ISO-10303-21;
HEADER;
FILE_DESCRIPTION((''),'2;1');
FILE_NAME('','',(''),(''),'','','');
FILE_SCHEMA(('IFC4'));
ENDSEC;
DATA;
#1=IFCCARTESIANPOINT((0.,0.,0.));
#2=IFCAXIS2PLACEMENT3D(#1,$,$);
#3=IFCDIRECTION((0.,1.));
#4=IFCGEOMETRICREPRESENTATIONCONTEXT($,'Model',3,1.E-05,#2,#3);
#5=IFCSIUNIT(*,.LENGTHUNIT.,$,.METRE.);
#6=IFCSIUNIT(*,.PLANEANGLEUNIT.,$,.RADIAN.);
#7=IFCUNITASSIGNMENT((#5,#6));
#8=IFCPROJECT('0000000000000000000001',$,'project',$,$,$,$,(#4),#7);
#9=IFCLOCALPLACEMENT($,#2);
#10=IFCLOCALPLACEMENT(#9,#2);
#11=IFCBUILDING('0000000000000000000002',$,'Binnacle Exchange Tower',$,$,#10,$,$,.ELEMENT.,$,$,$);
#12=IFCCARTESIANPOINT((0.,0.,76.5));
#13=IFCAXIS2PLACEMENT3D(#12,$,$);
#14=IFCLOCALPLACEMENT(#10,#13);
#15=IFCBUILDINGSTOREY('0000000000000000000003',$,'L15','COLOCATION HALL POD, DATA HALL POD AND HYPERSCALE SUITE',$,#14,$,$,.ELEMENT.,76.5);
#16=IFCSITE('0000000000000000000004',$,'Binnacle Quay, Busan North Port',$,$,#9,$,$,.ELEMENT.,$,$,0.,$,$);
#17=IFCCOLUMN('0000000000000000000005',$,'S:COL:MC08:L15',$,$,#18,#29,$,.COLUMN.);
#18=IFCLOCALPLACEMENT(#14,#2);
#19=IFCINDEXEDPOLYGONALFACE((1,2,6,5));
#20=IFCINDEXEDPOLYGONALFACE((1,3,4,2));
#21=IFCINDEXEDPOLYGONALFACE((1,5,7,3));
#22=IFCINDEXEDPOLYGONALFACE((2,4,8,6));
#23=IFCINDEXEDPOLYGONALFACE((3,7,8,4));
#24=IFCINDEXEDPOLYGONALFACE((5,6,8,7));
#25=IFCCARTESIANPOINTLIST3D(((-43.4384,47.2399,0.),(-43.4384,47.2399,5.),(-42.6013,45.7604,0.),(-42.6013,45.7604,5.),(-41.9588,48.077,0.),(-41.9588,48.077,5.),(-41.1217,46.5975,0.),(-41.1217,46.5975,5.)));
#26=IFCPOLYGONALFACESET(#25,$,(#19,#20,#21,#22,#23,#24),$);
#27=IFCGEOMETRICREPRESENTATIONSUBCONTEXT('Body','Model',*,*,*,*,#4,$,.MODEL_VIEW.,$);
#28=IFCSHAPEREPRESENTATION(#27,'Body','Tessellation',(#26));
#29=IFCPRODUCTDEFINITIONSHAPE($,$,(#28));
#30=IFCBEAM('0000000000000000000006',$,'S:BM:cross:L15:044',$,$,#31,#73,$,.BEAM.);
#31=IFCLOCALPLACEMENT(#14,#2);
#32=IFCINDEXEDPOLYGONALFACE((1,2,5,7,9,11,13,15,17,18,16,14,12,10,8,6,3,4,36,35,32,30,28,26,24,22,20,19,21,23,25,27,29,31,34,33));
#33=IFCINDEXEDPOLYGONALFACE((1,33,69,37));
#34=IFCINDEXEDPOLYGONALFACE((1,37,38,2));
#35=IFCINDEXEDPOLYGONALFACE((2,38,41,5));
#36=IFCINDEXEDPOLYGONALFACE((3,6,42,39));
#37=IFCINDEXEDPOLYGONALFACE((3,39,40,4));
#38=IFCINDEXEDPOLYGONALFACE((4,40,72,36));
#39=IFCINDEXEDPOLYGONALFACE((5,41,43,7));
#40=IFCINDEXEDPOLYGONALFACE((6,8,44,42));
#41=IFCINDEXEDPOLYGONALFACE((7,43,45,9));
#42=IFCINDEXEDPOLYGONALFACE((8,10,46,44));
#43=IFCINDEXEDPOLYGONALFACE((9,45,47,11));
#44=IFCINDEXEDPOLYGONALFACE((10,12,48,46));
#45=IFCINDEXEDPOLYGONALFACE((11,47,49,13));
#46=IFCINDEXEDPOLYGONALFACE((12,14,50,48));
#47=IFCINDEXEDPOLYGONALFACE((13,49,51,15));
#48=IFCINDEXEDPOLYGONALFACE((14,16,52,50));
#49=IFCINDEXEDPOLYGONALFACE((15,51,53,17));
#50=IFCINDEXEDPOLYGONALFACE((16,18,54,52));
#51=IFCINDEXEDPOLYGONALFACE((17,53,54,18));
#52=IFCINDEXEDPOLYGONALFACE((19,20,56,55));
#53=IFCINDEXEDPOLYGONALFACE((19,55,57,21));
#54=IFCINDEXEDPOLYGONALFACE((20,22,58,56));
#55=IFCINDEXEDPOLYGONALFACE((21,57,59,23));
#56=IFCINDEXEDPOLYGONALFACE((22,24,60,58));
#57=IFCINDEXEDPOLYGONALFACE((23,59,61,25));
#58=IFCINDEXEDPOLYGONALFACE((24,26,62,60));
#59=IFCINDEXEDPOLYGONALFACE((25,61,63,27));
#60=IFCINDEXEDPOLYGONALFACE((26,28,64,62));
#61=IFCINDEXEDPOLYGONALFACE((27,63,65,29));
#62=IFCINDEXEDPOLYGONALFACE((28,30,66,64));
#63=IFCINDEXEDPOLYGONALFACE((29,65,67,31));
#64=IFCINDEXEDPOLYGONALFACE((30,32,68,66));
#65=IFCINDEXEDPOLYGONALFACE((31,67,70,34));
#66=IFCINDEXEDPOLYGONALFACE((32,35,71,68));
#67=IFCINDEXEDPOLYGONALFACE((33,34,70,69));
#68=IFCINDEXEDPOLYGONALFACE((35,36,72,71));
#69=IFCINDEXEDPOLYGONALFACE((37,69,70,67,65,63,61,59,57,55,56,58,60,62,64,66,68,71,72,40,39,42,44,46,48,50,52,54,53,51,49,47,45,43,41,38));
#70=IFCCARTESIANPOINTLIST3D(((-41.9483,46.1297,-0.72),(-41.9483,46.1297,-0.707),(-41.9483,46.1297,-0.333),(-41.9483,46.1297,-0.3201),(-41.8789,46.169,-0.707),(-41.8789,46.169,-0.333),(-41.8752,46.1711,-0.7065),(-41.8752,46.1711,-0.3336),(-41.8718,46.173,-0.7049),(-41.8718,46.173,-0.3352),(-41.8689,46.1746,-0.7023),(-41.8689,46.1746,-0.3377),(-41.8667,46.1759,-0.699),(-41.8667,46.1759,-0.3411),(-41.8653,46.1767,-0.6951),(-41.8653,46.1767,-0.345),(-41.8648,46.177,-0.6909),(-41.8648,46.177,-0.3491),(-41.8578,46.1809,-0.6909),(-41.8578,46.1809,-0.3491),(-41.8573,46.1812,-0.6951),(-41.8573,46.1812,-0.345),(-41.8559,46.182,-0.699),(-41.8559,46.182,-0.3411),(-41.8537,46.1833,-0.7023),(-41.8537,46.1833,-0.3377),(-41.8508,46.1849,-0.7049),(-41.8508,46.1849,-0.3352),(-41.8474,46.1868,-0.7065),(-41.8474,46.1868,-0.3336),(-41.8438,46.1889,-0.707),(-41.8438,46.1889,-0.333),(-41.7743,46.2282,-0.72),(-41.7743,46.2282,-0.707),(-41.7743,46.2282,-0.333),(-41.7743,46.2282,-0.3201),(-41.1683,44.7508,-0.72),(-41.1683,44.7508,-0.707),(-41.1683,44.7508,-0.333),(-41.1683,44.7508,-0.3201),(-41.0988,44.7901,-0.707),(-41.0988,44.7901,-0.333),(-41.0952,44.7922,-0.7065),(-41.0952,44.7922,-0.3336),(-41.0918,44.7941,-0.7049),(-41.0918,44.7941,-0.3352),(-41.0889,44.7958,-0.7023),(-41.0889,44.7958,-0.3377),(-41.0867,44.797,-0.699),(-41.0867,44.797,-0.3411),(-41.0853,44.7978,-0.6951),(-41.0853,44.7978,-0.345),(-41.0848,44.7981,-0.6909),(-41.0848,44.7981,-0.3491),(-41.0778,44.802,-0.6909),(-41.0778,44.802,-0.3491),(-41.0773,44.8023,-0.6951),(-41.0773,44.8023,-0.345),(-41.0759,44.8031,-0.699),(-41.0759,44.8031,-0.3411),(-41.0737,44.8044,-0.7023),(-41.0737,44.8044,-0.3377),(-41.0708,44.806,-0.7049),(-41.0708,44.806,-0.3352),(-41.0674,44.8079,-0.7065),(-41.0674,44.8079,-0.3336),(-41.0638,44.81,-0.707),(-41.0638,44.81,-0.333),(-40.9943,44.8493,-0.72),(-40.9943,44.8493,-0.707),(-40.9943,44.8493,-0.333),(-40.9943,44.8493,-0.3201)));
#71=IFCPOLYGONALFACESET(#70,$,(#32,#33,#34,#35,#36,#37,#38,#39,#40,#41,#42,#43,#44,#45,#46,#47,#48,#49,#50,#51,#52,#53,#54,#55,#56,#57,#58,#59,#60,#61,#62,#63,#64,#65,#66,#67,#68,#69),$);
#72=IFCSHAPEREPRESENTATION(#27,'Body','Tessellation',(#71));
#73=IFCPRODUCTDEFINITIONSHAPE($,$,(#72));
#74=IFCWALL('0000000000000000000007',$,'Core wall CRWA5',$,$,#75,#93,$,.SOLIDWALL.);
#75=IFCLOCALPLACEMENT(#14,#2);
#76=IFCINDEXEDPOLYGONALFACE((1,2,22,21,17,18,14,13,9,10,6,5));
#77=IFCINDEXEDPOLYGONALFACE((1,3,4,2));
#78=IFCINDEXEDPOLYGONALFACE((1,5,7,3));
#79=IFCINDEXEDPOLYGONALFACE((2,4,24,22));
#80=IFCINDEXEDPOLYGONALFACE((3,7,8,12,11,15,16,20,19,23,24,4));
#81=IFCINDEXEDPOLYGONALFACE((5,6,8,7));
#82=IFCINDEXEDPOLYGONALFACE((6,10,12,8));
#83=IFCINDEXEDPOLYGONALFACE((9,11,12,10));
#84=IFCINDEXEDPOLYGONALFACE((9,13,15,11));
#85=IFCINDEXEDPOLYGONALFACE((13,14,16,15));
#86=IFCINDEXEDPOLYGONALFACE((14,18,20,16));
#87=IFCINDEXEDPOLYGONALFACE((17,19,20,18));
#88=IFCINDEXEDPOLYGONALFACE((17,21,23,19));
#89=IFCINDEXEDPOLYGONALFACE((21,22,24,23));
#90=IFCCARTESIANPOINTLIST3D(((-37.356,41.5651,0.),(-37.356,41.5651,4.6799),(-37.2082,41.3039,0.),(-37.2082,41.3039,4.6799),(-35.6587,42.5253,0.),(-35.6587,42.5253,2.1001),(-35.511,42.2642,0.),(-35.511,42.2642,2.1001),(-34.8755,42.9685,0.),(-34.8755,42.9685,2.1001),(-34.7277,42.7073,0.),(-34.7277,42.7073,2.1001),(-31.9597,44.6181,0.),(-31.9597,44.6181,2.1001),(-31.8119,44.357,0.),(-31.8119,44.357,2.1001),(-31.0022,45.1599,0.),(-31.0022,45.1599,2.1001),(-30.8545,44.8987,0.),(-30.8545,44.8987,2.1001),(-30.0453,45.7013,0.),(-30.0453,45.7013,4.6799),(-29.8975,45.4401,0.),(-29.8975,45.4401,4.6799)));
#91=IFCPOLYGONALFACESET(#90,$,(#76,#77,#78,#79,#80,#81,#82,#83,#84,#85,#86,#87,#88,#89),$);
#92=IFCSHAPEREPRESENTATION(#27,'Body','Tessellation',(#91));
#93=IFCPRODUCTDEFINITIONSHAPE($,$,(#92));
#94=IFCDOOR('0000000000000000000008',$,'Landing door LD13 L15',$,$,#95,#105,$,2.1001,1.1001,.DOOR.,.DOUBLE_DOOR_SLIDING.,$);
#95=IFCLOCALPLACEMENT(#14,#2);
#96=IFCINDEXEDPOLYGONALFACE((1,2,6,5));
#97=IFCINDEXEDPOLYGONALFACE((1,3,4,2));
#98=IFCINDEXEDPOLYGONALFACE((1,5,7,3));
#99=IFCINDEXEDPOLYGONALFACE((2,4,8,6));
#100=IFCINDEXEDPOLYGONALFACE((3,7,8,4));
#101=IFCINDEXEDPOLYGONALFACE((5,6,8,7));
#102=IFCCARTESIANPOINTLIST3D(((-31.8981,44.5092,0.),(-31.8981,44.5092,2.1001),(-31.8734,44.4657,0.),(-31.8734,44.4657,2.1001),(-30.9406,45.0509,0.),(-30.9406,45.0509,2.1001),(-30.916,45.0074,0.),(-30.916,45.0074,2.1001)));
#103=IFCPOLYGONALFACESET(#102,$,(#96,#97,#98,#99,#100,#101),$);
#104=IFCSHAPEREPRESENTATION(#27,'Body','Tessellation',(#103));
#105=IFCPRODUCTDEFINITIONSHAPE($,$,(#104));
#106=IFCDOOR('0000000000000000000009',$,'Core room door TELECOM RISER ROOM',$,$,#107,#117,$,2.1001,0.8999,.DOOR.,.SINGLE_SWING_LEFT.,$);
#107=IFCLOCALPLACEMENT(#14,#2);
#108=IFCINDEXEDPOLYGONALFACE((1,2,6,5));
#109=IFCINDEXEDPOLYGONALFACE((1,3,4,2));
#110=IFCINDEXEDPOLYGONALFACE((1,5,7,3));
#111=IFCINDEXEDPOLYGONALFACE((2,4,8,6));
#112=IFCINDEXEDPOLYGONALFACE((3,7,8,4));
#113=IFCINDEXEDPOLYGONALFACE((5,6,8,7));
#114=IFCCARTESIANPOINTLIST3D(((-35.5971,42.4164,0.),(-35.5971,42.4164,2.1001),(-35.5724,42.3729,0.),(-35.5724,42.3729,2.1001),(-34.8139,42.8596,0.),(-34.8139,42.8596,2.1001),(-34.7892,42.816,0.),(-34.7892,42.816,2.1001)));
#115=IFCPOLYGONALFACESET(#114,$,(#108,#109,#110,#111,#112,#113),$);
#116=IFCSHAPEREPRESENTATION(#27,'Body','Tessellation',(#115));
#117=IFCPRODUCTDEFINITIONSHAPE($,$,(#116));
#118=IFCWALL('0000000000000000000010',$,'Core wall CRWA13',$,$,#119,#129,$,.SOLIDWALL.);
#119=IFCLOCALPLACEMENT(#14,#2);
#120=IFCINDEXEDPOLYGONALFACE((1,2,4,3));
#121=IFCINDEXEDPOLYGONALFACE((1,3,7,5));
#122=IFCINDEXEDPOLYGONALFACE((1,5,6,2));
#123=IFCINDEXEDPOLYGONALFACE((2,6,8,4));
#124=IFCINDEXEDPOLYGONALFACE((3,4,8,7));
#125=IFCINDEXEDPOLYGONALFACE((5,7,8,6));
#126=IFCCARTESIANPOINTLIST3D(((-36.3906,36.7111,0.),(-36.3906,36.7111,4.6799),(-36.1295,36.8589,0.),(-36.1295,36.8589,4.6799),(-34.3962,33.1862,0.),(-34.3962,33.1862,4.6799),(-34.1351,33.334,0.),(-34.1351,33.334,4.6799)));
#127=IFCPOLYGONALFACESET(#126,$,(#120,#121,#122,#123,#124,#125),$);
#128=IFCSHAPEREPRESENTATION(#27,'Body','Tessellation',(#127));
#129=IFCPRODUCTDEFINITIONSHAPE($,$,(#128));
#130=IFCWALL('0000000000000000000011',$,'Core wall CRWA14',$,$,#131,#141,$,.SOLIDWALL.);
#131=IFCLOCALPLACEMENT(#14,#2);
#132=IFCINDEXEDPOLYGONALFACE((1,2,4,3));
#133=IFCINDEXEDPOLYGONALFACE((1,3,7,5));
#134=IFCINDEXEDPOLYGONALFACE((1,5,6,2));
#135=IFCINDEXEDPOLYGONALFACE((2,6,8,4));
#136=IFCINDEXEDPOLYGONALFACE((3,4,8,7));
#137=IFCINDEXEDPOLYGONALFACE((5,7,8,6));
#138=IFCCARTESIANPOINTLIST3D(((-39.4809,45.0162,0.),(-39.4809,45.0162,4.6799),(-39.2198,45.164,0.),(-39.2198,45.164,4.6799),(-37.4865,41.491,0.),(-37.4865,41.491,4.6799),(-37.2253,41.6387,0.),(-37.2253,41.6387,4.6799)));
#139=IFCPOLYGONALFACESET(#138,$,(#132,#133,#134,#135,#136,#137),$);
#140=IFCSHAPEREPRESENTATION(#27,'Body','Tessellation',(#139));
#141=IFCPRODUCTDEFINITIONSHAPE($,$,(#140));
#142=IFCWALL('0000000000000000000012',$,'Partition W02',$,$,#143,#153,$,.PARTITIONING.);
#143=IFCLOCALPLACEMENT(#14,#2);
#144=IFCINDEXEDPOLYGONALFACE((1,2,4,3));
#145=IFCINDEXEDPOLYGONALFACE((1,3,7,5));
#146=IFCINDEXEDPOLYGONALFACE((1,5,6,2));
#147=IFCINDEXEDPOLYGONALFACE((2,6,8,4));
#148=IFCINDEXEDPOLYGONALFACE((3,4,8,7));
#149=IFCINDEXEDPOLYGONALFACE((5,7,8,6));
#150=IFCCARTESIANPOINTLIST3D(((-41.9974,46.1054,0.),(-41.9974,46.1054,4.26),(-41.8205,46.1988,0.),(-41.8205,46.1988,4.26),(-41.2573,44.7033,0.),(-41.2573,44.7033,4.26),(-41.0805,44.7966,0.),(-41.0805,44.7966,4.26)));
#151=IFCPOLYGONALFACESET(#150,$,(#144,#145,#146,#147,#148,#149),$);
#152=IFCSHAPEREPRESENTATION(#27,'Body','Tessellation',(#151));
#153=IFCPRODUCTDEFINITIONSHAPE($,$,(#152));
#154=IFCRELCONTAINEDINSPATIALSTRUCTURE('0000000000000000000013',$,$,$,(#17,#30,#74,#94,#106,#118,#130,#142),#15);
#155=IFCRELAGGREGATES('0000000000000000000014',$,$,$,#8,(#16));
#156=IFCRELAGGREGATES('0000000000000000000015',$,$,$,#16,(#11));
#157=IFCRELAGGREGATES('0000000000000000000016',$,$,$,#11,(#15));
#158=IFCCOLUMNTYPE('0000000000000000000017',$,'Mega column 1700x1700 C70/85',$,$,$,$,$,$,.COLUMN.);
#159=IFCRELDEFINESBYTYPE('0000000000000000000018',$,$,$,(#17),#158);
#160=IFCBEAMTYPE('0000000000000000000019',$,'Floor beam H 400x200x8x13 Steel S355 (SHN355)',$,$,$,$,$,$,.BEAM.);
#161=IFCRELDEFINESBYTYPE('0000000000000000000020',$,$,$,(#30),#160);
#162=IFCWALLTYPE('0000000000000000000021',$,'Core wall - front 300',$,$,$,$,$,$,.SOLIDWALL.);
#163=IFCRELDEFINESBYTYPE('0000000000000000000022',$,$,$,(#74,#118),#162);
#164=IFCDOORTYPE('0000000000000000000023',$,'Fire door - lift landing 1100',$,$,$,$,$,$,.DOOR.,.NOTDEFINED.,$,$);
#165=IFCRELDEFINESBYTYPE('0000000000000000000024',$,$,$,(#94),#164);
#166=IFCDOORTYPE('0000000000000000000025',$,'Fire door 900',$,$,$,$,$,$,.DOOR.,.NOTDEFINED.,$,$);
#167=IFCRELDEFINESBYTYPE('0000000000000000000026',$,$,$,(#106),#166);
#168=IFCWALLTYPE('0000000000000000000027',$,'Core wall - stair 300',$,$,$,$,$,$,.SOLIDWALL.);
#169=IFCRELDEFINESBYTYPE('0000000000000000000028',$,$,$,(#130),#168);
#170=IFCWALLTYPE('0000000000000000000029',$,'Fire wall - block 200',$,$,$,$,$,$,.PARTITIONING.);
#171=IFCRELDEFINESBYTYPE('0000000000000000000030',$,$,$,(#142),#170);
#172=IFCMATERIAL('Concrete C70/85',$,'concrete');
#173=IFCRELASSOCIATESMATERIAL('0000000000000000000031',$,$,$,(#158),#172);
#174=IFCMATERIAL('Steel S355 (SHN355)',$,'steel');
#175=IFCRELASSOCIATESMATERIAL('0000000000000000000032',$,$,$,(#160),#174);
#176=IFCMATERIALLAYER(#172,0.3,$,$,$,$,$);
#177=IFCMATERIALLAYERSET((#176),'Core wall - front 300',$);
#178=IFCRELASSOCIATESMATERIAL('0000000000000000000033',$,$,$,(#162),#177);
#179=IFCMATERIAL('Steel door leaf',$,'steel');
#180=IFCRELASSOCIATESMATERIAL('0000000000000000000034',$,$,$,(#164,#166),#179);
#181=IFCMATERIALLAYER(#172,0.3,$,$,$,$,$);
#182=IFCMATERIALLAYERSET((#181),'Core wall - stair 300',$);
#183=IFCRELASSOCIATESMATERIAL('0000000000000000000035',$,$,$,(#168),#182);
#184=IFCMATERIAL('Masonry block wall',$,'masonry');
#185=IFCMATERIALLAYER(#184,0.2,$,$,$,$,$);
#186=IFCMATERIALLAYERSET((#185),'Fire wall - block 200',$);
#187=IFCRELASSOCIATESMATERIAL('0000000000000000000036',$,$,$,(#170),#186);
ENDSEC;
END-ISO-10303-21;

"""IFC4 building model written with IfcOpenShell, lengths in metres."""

from ifc_helpers import new_model, si_unit, direction, frame, frame_2d, origin, origin_2d, place, context, subcontext, project, spatial, rectangle, i_section, extrude, material, layer, layer_set, material_profile, profile_set, type_object, element, fill, save


model = new_model("IFC4")

# Units and contexts
model_context = context("Model", 3, precision=1e-05, world=origin(), true_north=direction((0.0, 1.0)))
body_context = subcontext(model_context, "Body", "Model", "MODEL_VIEW")
ifc_project = project(units=[si_unit("LENGTHUNIT", "METRE"), si_unit("PLANEANGLEUNIT", "RADIAN")], contexts=[model_context])

# Site, building, storey
site_placement = place(None, origin())
site = spatial("IfcSite", under=ifc_project, at=site_placement, Name="Binnacle Quay, Busan North Port", CompositionType="ELEMENT", RefElevation=0.0)
building_placement = place(site_placement, origin())
building = spatial("IfcBuilding", under=site, at=building_placement, Name="Binnacle Exchange Tower", CompositionType="ELEMENT")
storey_placement = place(building_placement, frame((0.0, 0.0, 76.5)))
storey = spatial("IfcBuildingStorey", under=building, at=storey_placement, Name="L15", Description="COLOCATION HALL POD, DATA HALL POD AND HYPERSCALE SUITE", CompositionType="ELEMENT", Elevation=76.5)

# Column
ifc_material_1 = material(Name="Concrete C70/85", Category="concrete")
ifc_material_profile_1 = material_profile(ifc_material_1, rectangle(XDim=1.7, YDim=1.7, at=origin_2d()), Name="Mega column 1700x1700 C70/85")
ifc_profile_set_1 = profile_set([ifc_material_profile_1], Name="Concrete C70/85")
column_type = type_object("IfcColumnType", Name="Mega column 1700x1700 C70/85", PredefinedType="COLUMN", material=ifc_profile_set_1)
column_placement = place(storey_placement, frame((-42.28, 46.9187, 0.0), z_axis=(0.0, 0.0, 1.0), x_axis=(-0.870356, -0.492424, 0.0)))
element("IfcColumn", 1, at=column_placement, inside=storey, type_object=column_type, Name="S:COL:MC08:L15", PredefinedType="COLUMN", context=body_context, shape_type="SweptSolid", body=[
    extrude(rectangle(XDim=1.7, YDim=1.7, at=origin_2d()), origin(), (0.0, 0.0, 1.0), 5.0),
])

# Beam
ifc_material_2 = material(Name="Steel S355 (SHN355)", Category="steel")
ifc_material_profile_2 = material_profile(ifc_material_2, i_section(OverallWidth=0.2, OverallDepth=0.3999, WebThickness=0.0081, FlangeThickness=0.0129, FilletRadius=0.0161, at=origin_2d()), Name="H 400x200x8x13")
ifc_profile_set_2 = profile_set([ifc_material_profile_2], Name="Steel S355 (SHN355)")
beam_type = type_object("IfcBeamType", Name="Floor beam H 400x200x8x13 Steel S355 (SHN355)", PredefinedType="BEAM", material=ifc_profile_set_2)
beam_placement = place(storey_placement, frame((-41.8613, 46.179, -0.52), z_axis=(0.492367, -0.870388, 0.0), x_axis=(0.870388, 0.492367, 0.0)))
element("IfcBeam", 2, at=beam_placement, inside=storey, type_object=beam_type, Name="S:BM:cross:L15:044", PredefinedType="BEAM", context=body_context, shape_type="SweptSolid", body=[
    extrude(i_section(OverallWidth=0.2, OverallDepth=0.3999, WebThickness=0.0081, FlangeThickness=0.0129, FilletRadius=0.0161, at=origin_2d()), origin(), (0.0, 0.0, 1.0), 1.5842),
])

# Wall, openings, doors
ifc_layer_1 = layer(ifc_material_1, 0.3)
ifc_layer_set_1 = layer_set([ifc_layer_1], Name="Core wall - front 300")
wall_type_1 = type_object("IfcWallType", Name="Core wall - front 300", PredefinedType="SOLIDWALL", material=ifc_layer_set_1)
wall_1_placement = place(storey_placement, frame((-37.282, 41.4346, 0.0), z_axis=(0.0, 0.0, 1.0), x_axis=(0.870357, 0.492422, 0.0)))
wall_1 = element("IfcWall", 3, at=wall_1_placement, inside=storey, type_object=wall_type_1, Name="Core wall CRWA5", PredefinedType="SOLIDWALL", context=body_context, shape_type="SweptSolid", body=[
    extrude(rectangle(XDim=8.3997, YDim=0.3, at=frame_2d((4.1997, 0.0))), origin(), (0.0, 0.0, 1.0), 4.6799),
])
opening_1_placement = place(wall_1_placement, frame((6.2, 0.0, 0.0)))
opening_1 = element("IfcOpeningElement", 4, at=opening_1_placement, cuts=wall_1, PredefinedType="OPENING", context=body_context, shape_type="SweptSolid", body=[
    extrude(rectangle(XDim=1.1001, YDim=2.1001, at=frame_2d((0.55, 1.05))), frame((0.0, 0.1599, 0.0), z_axis=(0.0, -1.0, 0.0), x_axis=(1.0, 0.0, 0.0)), (0.0, 0.0, 1.0), 0.3201),
])
opening_2_placement = place(wall_1_placement, frame((1.95, 0.0, 0.0)))
opening_2 = element("IfcOpeningElement", 5, at=opening_2_placement, cuts=wall_1, PredefinedType="OPENING", context=body_context, shape_type="SweptSolid", body=[
    extrude(rectangle(XDim=0.8999, YDim=2.1001, at=frame_2d((0.45, 1.05))), frame((0.0, 0.1599, 0.0), z_axis=(0.0, -1.0, 0.0), x_axis=(1.0, 0.0, 0.0)), (0.0, 0.0, 1.0), 0.3201),
])
ifc_material_3 = material(Name="Steel door leaf", Category="steel")
door_type_1 = type_object("IfcDoorType", Name="Fire door - lift landing 1100", OperationType="NOTDEFINED", PredefinedType="DOOR", material=ifc_material_3)
door_1_placement = place(opening_1_placement, origin())
door_1 = element("IfcDoor", 6, at=door_1_placement, inside=storey, type_object=door_type_1, Name="Landing door LD13 L15", OperationType="DOUBLE_DOOR_SLIDING", OverallHeight=2.1001, OverallWidth=1.1001, PredefinedType="DOOR", context=body_context, shape_type="SweptSolid", body=[
    extrude(rectangle(XDim=1.1001, YDim=2.1001, at=frame_2d((0.55, 1.05))), frame((0.0, 0.0249, 0.0), z_axis=(0.0, -1.0, 0.0), x_axis=(1.0, 0.0, 0.0)), (0.0, 0.0, 1.0), 0.05),
])
fill(opening_1, door_1)
door_type_2 = type_object("IfcDoorType", Name="Fire door 900", OperationType="NOTDEFINED", PredefinedType="DOOR", material=ifc_material_3)
door_2_placement = place(opening_2_placement, origin())
door_2 = element("IfcDoor", 7, at=door_2_placement, inside=storey, type_object=door_type_2, Name="Core room door TELECOM RISER ROOM", OperationType="SINGLE_SWING_LEFT", OverallHeight=2.1001, OverallWidth=0.8999, PredefinedType="DOOR", context=body_context, shape_type="SweptSolid", body=[
    extrude(rectangle(XDim=0.8999, YDim=2.1001, at=frame_2d((0.45, 1.05))), frame((0.0, 0.0249, 0.0), z_axis=(0.0, -1.0, 0.0), x_axis=(1.0, 0.0, 0.0)), (0.0, 0.0, 1.0), 0.05),
])
fill(opening_2, door_2)

# Walls
wall_2_placement = place(storey_placement, frame((-36.26, 36.7849, 0.0), z_axis=(0.0, 0.0, 1.0), x_axis=(0.492441, -0.870346, 0.0)))
element("IfcWall", 8, at=wall_2_placement, inside=storey, type_object=wall_type_1, Name="Core wall CRWA13", PredefinedType="SOLIDWALL", context=body_context, shape_type="SweptSolid", body=[
    extrude(rectangle(XDim=4.05, YDim=0.3, at=frame_2d((2.0249, 0.0))), origin(), (0.0, 0.0, 1.0), 4.6799),
])
ifc_layer_2 = layer(ifc_material_1, 0.3)
ifc_layer_set_2 = layer_set([ifc_layer_2], Name="Core wall - stair 300")
wall_type_2 = type_object("IfcWallType", Name="Core wall - stair 300", PredefinedType="SOLIDWALL", material=ifc_layer_set_2)
wall_3_placement = place(storey_placement, frame((-39.3503, 45.0901, 0.0), z_axis=(0.0, 0.0, 1.0), x_axis=(0.492415, -0.870361, 0.0)))
element("IfcWall", 9, at=wall_3_placement, inside=storey, type_object=wall_type_2, Name="Core wall CRWA14", PredefinedType="SOLIDWALL", context=body_context, shape_type="SweptSolid", body=[
    extrude(rectangle(XDim=4.0503, YDim=0.3, at=frame_2d((2.0251, 0.0))), origin(), (0.0, 0.0, 1.0), 4.6799),
])
ifc_material_4 = material(Name="Masonry block wall", Category="masonry")
ifc_layer_3 = layer(ifc_material_4, 0.2)
ifc_layer_set_3 = layer_set([ifc_layer_3], Name="Fire wall - block 200")
wall_type_3 = type_object("IfcWallType", Name="Fire wall - block 200", PredefinedType="PARTITIONING", material=ifc_layer_set_3)
wall_4_placement = place(storey_placement, frame((-41.9089, 46.1521, 0.0), z_axis=(0.0, 0.0, 1.0), x_axis=(0.466755, -0.884387, 0.0)))
element("IfcWall", 10, at=wall_4_placement, inside=storey, type_object=wall_type_3, Name="Partition W02", PredefinedType="PARTITIONING", context=body_context, shape_type="SweptSolid", body=[
    extrude(rectangle(XDim=1.5854, YDim=0.2, at=frame_2d((0.7927, 0.0))), origin(), (0.0, 0.0, 1.0), 4.26),
])

save(model, "model.ifc")
